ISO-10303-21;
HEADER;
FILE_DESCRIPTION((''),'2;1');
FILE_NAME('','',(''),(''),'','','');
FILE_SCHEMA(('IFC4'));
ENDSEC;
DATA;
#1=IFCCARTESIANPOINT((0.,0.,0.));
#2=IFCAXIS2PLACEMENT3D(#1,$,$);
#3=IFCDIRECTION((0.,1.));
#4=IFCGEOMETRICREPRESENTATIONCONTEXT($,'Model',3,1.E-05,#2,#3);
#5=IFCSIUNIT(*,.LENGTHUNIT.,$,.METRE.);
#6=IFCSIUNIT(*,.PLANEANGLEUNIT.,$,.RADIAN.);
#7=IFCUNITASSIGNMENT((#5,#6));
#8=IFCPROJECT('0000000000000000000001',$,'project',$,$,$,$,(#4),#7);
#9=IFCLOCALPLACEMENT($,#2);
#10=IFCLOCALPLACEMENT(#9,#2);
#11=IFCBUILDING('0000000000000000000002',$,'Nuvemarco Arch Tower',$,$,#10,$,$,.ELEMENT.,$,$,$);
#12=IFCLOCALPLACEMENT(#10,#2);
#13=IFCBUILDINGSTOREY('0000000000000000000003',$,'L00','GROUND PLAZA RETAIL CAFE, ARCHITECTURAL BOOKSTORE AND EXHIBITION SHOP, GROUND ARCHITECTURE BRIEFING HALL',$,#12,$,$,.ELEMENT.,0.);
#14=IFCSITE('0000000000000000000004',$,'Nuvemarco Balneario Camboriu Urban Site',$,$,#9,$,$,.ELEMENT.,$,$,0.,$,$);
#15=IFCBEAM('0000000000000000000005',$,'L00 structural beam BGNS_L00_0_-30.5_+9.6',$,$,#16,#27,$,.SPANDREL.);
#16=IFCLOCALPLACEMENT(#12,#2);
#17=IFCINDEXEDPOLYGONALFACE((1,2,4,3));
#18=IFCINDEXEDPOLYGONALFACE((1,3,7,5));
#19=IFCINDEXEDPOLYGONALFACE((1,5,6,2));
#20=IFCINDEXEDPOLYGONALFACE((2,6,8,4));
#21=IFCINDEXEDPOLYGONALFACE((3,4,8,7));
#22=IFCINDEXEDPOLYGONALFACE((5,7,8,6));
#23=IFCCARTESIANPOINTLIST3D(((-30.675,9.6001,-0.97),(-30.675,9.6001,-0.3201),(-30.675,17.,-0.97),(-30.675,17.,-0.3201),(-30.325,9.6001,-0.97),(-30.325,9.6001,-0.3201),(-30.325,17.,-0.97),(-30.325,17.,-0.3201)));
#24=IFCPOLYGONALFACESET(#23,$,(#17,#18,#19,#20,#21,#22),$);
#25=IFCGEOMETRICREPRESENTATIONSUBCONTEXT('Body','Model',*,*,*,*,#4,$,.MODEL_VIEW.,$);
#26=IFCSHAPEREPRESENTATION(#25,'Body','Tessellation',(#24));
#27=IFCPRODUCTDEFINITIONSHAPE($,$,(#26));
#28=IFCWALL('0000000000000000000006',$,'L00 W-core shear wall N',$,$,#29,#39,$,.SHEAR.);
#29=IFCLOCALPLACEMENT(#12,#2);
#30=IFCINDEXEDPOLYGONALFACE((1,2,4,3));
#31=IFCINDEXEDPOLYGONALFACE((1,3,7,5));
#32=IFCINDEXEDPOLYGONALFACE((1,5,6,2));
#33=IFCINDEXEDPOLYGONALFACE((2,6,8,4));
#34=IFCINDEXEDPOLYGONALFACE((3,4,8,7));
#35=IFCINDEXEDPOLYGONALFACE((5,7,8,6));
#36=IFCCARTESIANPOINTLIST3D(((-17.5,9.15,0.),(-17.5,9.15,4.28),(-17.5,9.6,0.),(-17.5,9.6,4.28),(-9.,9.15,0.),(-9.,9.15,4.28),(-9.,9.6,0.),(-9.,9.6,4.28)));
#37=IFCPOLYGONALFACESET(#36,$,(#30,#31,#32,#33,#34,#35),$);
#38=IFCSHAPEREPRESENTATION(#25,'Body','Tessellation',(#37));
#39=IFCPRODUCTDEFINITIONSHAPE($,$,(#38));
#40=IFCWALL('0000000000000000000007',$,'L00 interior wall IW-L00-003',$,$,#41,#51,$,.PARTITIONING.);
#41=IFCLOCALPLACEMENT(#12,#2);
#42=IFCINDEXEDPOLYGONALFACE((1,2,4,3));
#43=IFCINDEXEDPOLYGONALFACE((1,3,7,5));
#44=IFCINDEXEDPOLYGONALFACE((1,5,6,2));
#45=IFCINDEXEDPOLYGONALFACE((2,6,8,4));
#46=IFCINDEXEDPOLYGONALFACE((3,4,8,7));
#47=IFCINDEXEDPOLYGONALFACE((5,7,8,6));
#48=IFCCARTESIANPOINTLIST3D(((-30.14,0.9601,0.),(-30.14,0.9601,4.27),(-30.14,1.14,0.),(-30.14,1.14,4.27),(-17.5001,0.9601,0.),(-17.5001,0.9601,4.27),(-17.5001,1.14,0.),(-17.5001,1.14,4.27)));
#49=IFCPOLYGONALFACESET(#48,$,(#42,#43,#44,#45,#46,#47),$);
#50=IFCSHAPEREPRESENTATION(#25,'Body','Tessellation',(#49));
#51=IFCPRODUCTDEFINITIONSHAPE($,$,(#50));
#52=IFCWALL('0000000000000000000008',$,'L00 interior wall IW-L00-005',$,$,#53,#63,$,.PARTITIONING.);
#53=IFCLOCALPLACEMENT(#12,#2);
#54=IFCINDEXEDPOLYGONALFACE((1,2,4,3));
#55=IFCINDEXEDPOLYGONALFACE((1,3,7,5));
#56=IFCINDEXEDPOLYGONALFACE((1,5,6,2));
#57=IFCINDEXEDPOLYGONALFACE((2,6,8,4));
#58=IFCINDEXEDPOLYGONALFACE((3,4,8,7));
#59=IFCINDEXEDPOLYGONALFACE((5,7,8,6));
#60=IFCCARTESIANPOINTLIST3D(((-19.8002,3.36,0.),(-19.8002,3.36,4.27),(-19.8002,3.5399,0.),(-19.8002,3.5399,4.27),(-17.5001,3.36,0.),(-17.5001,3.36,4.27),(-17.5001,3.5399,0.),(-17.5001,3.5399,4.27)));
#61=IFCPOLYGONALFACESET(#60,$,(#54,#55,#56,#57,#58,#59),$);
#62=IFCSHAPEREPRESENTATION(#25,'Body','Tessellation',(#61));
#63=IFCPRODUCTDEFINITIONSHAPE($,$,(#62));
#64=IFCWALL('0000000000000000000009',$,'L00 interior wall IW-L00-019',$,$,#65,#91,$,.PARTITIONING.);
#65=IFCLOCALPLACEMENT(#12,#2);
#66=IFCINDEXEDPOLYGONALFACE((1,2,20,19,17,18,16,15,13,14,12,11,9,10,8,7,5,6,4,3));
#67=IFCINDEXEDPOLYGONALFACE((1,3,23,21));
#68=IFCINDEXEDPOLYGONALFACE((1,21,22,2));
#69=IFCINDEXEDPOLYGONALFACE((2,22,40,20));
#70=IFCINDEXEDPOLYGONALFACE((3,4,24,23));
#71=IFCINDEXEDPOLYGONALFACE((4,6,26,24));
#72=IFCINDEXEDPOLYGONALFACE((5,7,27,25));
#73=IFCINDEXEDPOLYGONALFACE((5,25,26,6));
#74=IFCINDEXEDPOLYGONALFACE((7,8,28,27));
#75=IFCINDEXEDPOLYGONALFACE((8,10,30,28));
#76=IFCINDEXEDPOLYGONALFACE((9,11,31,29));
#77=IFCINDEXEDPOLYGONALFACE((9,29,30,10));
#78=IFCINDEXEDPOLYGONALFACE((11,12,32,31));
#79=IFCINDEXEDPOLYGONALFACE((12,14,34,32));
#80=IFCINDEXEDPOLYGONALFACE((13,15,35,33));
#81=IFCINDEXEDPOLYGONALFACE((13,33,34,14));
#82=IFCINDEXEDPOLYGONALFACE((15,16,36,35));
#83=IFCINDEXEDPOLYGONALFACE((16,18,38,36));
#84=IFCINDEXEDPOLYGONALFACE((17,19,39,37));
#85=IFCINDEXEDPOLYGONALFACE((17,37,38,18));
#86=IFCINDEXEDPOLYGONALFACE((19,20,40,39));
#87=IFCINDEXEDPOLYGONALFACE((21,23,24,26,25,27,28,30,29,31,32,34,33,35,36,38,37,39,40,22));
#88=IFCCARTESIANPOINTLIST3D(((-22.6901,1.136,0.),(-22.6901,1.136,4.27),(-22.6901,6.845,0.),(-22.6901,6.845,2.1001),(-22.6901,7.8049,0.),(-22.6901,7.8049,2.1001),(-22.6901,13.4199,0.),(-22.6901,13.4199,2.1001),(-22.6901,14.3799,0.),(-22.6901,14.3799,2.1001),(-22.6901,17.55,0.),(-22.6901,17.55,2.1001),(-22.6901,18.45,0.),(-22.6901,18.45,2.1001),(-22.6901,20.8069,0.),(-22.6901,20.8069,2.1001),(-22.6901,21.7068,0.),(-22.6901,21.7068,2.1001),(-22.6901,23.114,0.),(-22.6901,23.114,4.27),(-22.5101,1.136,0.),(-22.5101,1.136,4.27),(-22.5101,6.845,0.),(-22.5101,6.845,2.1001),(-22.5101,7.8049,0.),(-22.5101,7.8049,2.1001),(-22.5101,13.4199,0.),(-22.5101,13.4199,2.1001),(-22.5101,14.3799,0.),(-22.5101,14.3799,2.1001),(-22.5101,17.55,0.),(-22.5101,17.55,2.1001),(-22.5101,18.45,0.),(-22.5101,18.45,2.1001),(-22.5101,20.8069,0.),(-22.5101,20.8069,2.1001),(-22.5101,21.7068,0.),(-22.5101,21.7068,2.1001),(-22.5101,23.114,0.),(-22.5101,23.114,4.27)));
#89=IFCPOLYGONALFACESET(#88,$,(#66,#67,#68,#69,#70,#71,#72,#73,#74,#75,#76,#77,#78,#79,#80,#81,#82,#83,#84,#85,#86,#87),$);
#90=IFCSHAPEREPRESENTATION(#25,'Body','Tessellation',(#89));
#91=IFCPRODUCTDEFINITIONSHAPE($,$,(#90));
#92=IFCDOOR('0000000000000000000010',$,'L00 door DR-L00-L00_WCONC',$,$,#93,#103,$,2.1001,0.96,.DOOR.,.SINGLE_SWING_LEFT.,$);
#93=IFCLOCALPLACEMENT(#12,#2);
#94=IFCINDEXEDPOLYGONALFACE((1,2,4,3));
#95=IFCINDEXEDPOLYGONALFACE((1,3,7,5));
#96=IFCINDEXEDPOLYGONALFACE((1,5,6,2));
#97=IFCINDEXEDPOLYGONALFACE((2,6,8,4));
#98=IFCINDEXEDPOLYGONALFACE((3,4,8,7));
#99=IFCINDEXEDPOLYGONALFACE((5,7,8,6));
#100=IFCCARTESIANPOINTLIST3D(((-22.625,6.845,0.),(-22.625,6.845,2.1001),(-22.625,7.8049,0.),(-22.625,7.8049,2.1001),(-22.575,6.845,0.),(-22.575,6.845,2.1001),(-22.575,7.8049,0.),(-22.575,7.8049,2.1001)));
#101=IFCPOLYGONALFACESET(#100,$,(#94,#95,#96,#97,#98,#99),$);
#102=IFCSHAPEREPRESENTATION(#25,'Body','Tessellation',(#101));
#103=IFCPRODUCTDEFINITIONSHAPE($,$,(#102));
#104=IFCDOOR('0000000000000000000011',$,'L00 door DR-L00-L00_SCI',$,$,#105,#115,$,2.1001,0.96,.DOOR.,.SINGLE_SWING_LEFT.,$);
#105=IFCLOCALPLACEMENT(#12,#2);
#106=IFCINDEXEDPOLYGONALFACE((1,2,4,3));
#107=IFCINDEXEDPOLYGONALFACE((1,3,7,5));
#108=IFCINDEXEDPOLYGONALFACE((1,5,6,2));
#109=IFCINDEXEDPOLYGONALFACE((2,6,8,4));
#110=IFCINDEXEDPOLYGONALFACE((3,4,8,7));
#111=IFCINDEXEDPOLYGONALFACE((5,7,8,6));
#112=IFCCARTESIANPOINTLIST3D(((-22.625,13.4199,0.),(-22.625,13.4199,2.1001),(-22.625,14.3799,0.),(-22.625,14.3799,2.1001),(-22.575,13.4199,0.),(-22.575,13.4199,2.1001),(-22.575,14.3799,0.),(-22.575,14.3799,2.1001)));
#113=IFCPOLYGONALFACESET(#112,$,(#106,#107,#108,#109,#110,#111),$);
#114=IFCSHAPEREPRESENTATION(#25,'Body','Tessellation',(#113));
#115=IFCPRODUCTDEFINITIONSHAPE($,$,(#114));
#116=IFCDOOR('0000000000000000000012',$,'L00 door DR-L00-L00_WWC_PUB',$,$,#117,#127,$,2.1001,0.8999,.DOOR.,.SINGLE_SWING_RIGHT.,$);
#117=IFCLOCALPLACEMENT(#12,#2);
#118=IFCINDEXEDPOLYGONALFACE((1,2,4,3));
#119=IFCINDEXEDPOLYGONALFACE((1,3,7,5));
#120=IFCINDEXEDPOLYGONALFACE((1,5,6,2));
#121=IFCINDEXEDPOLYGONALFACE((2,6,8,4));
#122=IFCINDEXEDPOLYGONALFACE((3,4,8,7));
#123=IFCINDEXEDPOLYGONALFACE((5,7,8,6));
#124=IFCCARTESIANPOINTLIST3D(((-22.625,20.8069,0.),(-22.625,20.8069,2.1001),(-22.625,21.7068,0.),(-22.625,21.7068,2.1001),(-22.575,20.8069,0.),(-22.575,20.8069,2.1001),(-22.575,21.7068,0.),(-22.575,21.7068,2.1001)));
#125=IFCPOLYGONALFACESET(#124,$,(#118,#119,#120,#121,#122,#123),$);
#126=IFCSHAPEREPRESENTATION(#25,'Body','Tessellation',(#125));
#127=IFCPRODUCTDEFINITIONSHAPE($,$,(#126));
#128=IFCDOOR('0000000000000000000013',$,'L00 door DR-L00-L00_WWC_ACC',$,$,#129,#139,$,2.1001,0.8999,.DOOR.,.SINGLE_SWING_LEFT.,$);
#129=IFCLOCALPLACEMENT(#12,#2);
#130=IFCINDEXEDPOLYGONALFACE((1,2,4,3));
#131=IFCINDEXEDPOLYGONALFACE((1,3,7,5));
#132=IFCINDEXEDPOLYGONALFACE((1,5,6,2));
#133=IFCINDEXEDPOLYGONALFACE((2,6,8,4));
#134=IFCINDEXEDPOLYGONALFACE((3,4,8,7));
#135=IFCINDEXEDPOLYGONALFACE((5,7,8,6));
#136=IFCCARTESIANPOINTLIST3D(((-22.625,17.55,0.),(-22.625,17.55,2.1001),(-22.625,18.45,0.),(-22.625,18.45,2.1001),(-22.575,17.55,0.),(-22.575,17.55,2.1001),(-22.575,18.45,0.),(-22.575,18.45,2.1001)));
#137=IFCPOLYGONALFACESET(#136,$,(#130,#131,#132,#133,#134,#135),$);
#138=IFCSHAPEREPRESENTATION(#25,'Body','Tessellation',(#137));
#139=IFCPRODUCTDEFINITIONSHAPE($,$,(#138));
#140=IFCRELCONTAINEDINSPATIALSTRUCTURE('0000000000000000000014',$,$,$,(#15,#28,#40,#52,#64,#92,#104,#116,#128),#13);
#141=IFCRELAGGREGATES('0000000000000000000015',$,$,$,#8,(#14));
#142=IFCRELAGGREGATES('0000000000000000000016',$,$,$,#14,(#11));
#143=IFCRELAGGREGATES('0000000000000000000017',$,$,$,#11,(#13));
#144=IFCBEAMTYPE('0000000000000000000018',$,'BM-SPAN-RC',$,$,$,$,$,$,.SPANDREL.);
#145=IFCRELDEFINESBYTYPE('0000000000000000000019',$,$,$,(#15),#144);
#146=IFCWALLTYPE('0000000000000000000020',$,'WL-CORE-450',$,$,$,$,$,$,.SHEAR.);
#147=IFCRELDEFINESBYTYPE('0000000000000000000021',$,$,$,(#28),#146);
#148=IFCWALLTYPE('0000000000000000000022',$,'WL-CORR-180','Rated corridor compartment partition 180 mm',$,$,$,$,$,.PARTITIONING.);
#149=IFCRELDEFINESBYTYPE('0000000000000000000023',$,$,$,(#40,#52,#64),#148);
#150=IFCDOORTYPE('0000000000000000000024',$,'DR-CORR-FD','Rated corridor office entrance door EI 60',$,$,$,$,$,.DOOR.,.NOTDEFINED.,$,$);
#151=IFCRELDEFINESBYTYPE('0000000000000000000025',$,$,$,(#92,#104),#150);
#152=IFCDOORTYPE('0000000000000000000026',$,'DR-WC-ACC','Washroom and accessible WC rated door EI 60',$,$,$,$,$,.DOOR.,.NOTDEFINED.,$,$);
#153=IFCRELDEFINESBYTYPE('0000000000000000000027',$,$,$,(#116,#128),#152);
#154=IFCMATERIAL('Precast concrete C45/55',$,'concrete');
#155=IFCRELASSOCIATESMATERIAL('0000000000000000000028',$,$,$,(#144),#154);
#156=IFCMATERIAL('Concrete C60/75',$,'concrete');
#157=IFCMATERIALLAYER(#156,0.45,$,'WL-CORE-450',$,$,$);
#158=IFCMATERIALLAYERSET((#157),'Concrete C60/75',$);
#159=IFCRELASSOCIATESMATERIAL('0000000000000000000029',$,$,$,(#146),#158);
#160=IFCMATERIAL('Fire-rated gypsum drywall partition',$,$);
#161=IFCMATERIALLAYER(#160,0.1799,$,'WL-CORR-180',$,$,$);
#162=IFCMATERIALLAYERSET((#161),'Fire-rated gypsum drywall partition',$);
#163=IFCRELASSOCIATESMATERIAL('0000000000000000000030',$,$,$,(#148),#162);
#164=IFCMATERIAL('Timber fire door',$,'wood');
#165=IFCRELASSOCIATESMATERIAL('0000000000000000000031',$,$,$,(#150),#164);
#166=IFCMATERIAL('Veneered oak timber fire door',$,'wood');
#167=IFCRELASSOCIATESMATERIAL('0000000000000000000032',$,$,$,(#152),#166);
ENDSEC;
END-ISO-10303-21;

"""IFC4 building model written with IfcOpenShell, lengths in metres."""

from ifc_helpers import new_model, si_unit, direction, frame, frame_2d, origin, origin_2d, place, context, subcontext, project, spatial, rectangle, extrude, source, transform, mapped, material, layer, layer_set, material_profile, profile_set, type_object, type_shapes, element, fill, save


model = new_model("IFC4")

# Units and contexts
model_context = context("Model", 3, precision=1e-05, world=origin(), true_north=direction((0.0, 1.0)))
body_context = subcontext(model_context, "Body", "Model", "MODEL_VIEW")
ifc_project = project(units=[si_unit("LENGTHUNIT", "METRE"), si_unit("PLANEANGLEUNIT", "RADIAN")], contexts=[model_context])

# Site, building, storey
site_placement = place(None, origin())
site = spatial("IfcSite", under=ifc_project, at=site_placement, Name="Nuvemarco Balneario Camboriu Urban Site", CompositionType="ELEMENT", RefElevation=0.0)
building_placement = place(site_placement, origin())
building = spatial("IfcBuilding", under=site, at=building_placement, Name="Nuvemarco Arch Tower", CompositionType="ELEMENT")
storey_placement = place(building_placement, origin())
storey = spatial("IfcBuildingStorey", under=building, at=storey_placement, Name="L00", Description="GROUND PLAZA RETAIL CAFE, ARCHITECTURAL BOOKSTORE AND EXHIBITION SHOP, GROUND ARCHITECTURE BRIEFING HALL", CompositionType="ELEMENT", Elevation=0.0)

# Shared definitions
ifc_material_1 = material(Name="Concrete C60/75", Category="concrete")

# Beam
ifc_material_2 = material(Name="Precast concrete C45/55", Category="concrete")
ifc_material_profile_1 = material_profile(ifc_material_2, rectangle(XDim=0.3501, YDim=0.6499, at=origin_2d()), Name="PC-SP-350x650")
ifc_profile_set_1 = profile_set([ifc_material_profile_1], Name="Precast concrete C45/55")
beam_type_1 = type_object("IfcBeamType", Name="BM-SPAN-RC", PredefinedType="SPANDREL", material=ifc_profile_set_1)
beam_1_placement = place(storey_placement, frame((-30.5, 9.6001, -0.645), z_axis=(0.0, 1.0, 0.0), x_axis=(-1.0, 0.0, 0.0)))
element("IfcBeam", 1, at=beam_1_placement, inside=storey, type_object=beam_type_1, Name="L00 structural beam BGNS_L00_0_-30.5_+9.6", PredefinedType="SPANDREL", context=body_context, shape_type="SweptSolid", body=[
    extrude(rectangle(XDim=0.3501, YDim=0.6499, at=origin_2d()), origin(), (0.0, 0.0, 1.0), 7.3999),
])

# Walls
ifc_layer_1 = layer(ifc_material_1, 0.45, Name="WL-CORE-450")
ifc_layer_set_1 = layer_set([ifc_layer_1], Name="Concrete C60/75")
wall_type_1 = type_object("IfcWallType", Name="WL-CORE-450", PredefinedType="SHEAR", material=ifc_layer_set_1)
wall_1_placement = place(storey_placement, frame((-17.5, 9.375, 0.0), z_axis=(0.0, 0.0, 1.0), x_axis=(1.0, 0.0, 0.0)))
element("IfcWall", 2, at=wall_1_placement, inside=storey, type_object=wall_type_1, Name="L00 W-core shear wall N", PredefinedType="SHEAR", context=body_context, shape_type="SweptSolid", body=[
    extrude(rectangle(XDim=8.5, YDim=0.45, at=frame_2d((4.25, 0.0))), origin(), (0.0, 0.0, 1.0), 4.28),
])
ifc_material_3 = material(Name="Fire-rated gypsum drywall partition")
ifc_layer_2 = layer(ifc_material_3, 0.1799, Name="WL-CORR-180")
ifc_layer_set_2 = layer_set([ifc_layer_2], Name="Fire-rated gypsum drywall partition")
wall_type_2 = type_object("IfcWallType", Name="WL-CORR-180", Description="Rated corridor compartment partition 180 mm", PredefinedType="PARTITIONING", material=ifc_layer_set_2)
wall_2_placement = place(storey_placement, frame((-30.1399, 1.05, 0.0), z_axis=(0.0, 0.0, 1.0), x_axis=(1.0, 0.0, 0.0)))
element("IfcWall", 3, at=wall_2_placement, inside=storey, type_object=wall_type_2, Name="L00 interior wall IW-L00-003", PredefinedType="PARTITIONING", context=body_context, shape_type="SweptSolid", body=[
    extrude(rectangle(XDim=12.6399, YDim=0.1799, at=frame_2d((6.3198, 0.0))), origin(), (0.0, 0.0, 1.0), 4.27),
])
wall_3_placement = place(storey_placement, frame((-19.8, 3.45, 0.0), z_axis=(0.0, 0.0, 1.0), x_axis=(1.0, 0.0, 0.0)))
element("IfcWall", 4, at=wall_3_placement, inside=storey, type_object=wall_type_2, Name="L00 interior wall IW-L00-005", PredefinedType="PARTITIONING", context=body_context, shape_type="SweptSolid", body=[
    extrude(rectangle(XDim=2.3, YDim=0.1799, at=frame_2d((1.1499, 0.0))), origin(), (0.0, 0.0, 1.0), 4.27),
])

# Wall, openings, doors
wall_4_placement = place(storey_placement, frame((-22.6001, 1.136, 0.0), z_axis=(0.0, 0.0, 1.0), x_axis=(0.0, 1.0, 0.0)))
wall_4 = element("IfcWall", 5, at=wall_4_placement, inside=storey, type_object=wall_type_2, Name="L00 interior wall IW-L00-019", PredefinedType="PARTITIONING", context=body_context, shape_type="SweptSolid", body=[
    extrude(rectangle(XDim=21.978, YDim=0.1799, at=frame_2d((10.989, 0.0))), origin(), (0.0, 0.0, 1.0), 4.27),
])
opening_1_placement = place(wall_4_placement, frame((5.709, 0.0, 0.0)))
opening_1 = element("IfcOpeningElement", 6, at=opening_1_placement, cuts=wall_4, PredefinedType="OPENING", context=body_context, shape_type="SweptSolid", body=[
    extrude(rectangle(XDim=0.96, YDim=2.1001, at=frame_2d((0.48, 1.05))), frame((0.0, 0.0999, 0.0), z_axis=(0.0, -1.0, 0.0), x_axis=(1.0, 0.0, 0.0)), (0.0, 0.0, 1.0), 0.2),
])
opening_2_placement = place(wall_4_placement, frame((12.2839, 0.0, 0.0)))
opening_2 = element("IfcOpeningElement", 7, at=opening_2_placement, cuts=wall_4, PredefinedType="OPENING", context=body_context, shape_type="SweptSolid", body=[
    extrude(rectangle(XDim=0.96, YDim=2.1001, at=frame_2d((0.48, 1.05))), frame((0.0, 0.0999, 0.0), z_axis=(0.0, -1.0, 0.0), x_axis=(1.0, 0.0, 0.0)), (0.0, 0.0, 1.0), 0.2),
])
opening_3_placement = place(wall_4_placement, frame((19.6709, 0.0, 0.0)))
opening_3 = element("IfcOpeningElement", 8, at=opening_3_placement, cuts=wall_4, PredefinedType="OPENING", context=body_context, shape_type="SweptSolid", body=[
    extrude(rectangle(XDim=0.8999, YDim=2.1001, at=frame_2d((0.45, 1.05))), frame((0.0, 0.0999, 0.0), z_axis=(0.0, -1.0, 0.0), x_axis=(1.0, 0.0, 0.0)), (0.0, 0.0, 1.0), 0.2),
])
opening_4_placement = place(wall_4_placement, frame((16.4141, 0.0, 0.0)))
opening_4 = element("IfcOpeningElement", 9, at=opening_4_placement, cuts=wall_4, PredefinedType="OPENING", context=body_context, shape_type="SweptSolid", body=[
    extrude(rectangle(XDim=0.8999, YDim=2.1001, at=frame_2d((0.45, 1.05))), frame((0.0, 0.0999, 0.0), z_axis=(0.0, -1.0, 0.0), x_axis=(1.0, 0.0, 0.0)), (0.0, 0.0, 1.0), 0.2),
])
ifc_material_4 = material(Name="Timber fire door", Category="wood")
door_type_1 = type_object("IfcDoorType", Name="DR-CORR-FD", Description="Rated corridor office entrance door EI 60", OperationType="NOTDEFINED", PredefinedType="DOOR", material=ifc_material_4)
shared_shape_1 = source(origin(), body_context, "Body", "SweptSolid", [
    extrude(rectangle(XDim=0.96, YDim=2.1001, at=frame_2d((0.48, 1.05))), frame((0.0, 0.0249, 0.0), z_axis=(0.0, -1.0, 0.0), x_axis=(1.0, 0.0, 0.0)), (0.0, 0.0, 1.0), 0.05),
])
type_shapes(door_type_1, [shared_shape_1])
door_1_placement = place(opening_1_placement, origin())
door_1 = element("IfcDoor", 10, at=door_1_placement, inside=storey, type_object=door_type_1, Name="L00 door DR-L00-L00_WCONC", OperationType="SINGLE_SWING_LEFT", OverallHeight=2.1001, OverallWidth=0.96, PredefinedType="DOOR", context=body_context, shape_type="MappedRepresentation", body=[
    mapped(shared_shape_1, transform((0.0, 0.0, 0.0), scale=1.0)),
])
fill(opening_1, door_1)
door_2_placement = place(opening_2_placement, origin())
door_2 = element("IfcDoor", 11, at=door_2_placement, inside=storey, type_object=door_type_1, Name="L00 door DR-L00-L00_SCI", OperationType="SINGLE_SWING_LEFT", OverallHeight=2.1001, OverallWidth=0.96, PredefinedType="DOOR", context=body_context, shape_type="MappedRepresentation", body=[
    mapped(shared_shape_1, transform((0.0, 0.0, 0.0), scale=1.0)),
])
fill(opening_2, door_2)
ifc_material_5 = material(Name="Veneered oak timber fire door", Category="wood")
door_type_2 = type_object("IfcDoorType", Name="DR-WC-ACC", Description="Washroom and accessible WC rated door EI 60", OperationType="NOTDEFINED", PredefinedType="DOOR", material=ifc_material_5)
shared_shape_2 = source(origin(), body_context, "Body", "SweptSolid", [
    extrude(rectangle(XDim=0.8999, YDim=2.1001, at=frame_2d((0.45, 1.05))), frame((0.0, 0.0249, 0.0), z_axis=(0.0, -1.0, 0.0), x_axis=(1.0, 0.0, 0.0)), (0.0, 0.0, 1.0), 0.05),
])
type_shapes(door_type_2, [shared_shape_2])
door_3_placement = place(opening_3_placement, origin())
door_3 = element("IfcDoor", 12, at=door_3_placement, inside=storey, type_object=door_type_2, Name="L00 door DR-L00-L00_WWC_PUB", OperationType="SINGLE_SWING_RIGHT", OverallHeight=2.1001, OverallWidth=0.8999, PredefinedType="DOOR", context=body_context, shape_type="MappedRepresentation", body=[
    mapped(shared_shape_2, transform((0.0, 0.0, 0.0), scale=1.0)),
])
fill(opening_3, door_3)
door_4_placement = place(opening_4_placement, origin())
door_4 = element("IfcDoor", 13, at=door_4_placement, inside=storey, type_object=door_type_2, Name="L00 door DR-L00-L00_WWC_ACC", OperationType="SINGLE_SWING_LEFT", OverallHeight=2.1001, OverallWidth=0.8999, PredefinedType="DOOR", context=body_context, shape_type="MappedRepresentation", body=[
    mapped(shared_shape_2, transform((0.0, 0.0, 0.0), scale=1.0)),
])
fill(opening_4, door_4)

save(model, "model.ifc")
